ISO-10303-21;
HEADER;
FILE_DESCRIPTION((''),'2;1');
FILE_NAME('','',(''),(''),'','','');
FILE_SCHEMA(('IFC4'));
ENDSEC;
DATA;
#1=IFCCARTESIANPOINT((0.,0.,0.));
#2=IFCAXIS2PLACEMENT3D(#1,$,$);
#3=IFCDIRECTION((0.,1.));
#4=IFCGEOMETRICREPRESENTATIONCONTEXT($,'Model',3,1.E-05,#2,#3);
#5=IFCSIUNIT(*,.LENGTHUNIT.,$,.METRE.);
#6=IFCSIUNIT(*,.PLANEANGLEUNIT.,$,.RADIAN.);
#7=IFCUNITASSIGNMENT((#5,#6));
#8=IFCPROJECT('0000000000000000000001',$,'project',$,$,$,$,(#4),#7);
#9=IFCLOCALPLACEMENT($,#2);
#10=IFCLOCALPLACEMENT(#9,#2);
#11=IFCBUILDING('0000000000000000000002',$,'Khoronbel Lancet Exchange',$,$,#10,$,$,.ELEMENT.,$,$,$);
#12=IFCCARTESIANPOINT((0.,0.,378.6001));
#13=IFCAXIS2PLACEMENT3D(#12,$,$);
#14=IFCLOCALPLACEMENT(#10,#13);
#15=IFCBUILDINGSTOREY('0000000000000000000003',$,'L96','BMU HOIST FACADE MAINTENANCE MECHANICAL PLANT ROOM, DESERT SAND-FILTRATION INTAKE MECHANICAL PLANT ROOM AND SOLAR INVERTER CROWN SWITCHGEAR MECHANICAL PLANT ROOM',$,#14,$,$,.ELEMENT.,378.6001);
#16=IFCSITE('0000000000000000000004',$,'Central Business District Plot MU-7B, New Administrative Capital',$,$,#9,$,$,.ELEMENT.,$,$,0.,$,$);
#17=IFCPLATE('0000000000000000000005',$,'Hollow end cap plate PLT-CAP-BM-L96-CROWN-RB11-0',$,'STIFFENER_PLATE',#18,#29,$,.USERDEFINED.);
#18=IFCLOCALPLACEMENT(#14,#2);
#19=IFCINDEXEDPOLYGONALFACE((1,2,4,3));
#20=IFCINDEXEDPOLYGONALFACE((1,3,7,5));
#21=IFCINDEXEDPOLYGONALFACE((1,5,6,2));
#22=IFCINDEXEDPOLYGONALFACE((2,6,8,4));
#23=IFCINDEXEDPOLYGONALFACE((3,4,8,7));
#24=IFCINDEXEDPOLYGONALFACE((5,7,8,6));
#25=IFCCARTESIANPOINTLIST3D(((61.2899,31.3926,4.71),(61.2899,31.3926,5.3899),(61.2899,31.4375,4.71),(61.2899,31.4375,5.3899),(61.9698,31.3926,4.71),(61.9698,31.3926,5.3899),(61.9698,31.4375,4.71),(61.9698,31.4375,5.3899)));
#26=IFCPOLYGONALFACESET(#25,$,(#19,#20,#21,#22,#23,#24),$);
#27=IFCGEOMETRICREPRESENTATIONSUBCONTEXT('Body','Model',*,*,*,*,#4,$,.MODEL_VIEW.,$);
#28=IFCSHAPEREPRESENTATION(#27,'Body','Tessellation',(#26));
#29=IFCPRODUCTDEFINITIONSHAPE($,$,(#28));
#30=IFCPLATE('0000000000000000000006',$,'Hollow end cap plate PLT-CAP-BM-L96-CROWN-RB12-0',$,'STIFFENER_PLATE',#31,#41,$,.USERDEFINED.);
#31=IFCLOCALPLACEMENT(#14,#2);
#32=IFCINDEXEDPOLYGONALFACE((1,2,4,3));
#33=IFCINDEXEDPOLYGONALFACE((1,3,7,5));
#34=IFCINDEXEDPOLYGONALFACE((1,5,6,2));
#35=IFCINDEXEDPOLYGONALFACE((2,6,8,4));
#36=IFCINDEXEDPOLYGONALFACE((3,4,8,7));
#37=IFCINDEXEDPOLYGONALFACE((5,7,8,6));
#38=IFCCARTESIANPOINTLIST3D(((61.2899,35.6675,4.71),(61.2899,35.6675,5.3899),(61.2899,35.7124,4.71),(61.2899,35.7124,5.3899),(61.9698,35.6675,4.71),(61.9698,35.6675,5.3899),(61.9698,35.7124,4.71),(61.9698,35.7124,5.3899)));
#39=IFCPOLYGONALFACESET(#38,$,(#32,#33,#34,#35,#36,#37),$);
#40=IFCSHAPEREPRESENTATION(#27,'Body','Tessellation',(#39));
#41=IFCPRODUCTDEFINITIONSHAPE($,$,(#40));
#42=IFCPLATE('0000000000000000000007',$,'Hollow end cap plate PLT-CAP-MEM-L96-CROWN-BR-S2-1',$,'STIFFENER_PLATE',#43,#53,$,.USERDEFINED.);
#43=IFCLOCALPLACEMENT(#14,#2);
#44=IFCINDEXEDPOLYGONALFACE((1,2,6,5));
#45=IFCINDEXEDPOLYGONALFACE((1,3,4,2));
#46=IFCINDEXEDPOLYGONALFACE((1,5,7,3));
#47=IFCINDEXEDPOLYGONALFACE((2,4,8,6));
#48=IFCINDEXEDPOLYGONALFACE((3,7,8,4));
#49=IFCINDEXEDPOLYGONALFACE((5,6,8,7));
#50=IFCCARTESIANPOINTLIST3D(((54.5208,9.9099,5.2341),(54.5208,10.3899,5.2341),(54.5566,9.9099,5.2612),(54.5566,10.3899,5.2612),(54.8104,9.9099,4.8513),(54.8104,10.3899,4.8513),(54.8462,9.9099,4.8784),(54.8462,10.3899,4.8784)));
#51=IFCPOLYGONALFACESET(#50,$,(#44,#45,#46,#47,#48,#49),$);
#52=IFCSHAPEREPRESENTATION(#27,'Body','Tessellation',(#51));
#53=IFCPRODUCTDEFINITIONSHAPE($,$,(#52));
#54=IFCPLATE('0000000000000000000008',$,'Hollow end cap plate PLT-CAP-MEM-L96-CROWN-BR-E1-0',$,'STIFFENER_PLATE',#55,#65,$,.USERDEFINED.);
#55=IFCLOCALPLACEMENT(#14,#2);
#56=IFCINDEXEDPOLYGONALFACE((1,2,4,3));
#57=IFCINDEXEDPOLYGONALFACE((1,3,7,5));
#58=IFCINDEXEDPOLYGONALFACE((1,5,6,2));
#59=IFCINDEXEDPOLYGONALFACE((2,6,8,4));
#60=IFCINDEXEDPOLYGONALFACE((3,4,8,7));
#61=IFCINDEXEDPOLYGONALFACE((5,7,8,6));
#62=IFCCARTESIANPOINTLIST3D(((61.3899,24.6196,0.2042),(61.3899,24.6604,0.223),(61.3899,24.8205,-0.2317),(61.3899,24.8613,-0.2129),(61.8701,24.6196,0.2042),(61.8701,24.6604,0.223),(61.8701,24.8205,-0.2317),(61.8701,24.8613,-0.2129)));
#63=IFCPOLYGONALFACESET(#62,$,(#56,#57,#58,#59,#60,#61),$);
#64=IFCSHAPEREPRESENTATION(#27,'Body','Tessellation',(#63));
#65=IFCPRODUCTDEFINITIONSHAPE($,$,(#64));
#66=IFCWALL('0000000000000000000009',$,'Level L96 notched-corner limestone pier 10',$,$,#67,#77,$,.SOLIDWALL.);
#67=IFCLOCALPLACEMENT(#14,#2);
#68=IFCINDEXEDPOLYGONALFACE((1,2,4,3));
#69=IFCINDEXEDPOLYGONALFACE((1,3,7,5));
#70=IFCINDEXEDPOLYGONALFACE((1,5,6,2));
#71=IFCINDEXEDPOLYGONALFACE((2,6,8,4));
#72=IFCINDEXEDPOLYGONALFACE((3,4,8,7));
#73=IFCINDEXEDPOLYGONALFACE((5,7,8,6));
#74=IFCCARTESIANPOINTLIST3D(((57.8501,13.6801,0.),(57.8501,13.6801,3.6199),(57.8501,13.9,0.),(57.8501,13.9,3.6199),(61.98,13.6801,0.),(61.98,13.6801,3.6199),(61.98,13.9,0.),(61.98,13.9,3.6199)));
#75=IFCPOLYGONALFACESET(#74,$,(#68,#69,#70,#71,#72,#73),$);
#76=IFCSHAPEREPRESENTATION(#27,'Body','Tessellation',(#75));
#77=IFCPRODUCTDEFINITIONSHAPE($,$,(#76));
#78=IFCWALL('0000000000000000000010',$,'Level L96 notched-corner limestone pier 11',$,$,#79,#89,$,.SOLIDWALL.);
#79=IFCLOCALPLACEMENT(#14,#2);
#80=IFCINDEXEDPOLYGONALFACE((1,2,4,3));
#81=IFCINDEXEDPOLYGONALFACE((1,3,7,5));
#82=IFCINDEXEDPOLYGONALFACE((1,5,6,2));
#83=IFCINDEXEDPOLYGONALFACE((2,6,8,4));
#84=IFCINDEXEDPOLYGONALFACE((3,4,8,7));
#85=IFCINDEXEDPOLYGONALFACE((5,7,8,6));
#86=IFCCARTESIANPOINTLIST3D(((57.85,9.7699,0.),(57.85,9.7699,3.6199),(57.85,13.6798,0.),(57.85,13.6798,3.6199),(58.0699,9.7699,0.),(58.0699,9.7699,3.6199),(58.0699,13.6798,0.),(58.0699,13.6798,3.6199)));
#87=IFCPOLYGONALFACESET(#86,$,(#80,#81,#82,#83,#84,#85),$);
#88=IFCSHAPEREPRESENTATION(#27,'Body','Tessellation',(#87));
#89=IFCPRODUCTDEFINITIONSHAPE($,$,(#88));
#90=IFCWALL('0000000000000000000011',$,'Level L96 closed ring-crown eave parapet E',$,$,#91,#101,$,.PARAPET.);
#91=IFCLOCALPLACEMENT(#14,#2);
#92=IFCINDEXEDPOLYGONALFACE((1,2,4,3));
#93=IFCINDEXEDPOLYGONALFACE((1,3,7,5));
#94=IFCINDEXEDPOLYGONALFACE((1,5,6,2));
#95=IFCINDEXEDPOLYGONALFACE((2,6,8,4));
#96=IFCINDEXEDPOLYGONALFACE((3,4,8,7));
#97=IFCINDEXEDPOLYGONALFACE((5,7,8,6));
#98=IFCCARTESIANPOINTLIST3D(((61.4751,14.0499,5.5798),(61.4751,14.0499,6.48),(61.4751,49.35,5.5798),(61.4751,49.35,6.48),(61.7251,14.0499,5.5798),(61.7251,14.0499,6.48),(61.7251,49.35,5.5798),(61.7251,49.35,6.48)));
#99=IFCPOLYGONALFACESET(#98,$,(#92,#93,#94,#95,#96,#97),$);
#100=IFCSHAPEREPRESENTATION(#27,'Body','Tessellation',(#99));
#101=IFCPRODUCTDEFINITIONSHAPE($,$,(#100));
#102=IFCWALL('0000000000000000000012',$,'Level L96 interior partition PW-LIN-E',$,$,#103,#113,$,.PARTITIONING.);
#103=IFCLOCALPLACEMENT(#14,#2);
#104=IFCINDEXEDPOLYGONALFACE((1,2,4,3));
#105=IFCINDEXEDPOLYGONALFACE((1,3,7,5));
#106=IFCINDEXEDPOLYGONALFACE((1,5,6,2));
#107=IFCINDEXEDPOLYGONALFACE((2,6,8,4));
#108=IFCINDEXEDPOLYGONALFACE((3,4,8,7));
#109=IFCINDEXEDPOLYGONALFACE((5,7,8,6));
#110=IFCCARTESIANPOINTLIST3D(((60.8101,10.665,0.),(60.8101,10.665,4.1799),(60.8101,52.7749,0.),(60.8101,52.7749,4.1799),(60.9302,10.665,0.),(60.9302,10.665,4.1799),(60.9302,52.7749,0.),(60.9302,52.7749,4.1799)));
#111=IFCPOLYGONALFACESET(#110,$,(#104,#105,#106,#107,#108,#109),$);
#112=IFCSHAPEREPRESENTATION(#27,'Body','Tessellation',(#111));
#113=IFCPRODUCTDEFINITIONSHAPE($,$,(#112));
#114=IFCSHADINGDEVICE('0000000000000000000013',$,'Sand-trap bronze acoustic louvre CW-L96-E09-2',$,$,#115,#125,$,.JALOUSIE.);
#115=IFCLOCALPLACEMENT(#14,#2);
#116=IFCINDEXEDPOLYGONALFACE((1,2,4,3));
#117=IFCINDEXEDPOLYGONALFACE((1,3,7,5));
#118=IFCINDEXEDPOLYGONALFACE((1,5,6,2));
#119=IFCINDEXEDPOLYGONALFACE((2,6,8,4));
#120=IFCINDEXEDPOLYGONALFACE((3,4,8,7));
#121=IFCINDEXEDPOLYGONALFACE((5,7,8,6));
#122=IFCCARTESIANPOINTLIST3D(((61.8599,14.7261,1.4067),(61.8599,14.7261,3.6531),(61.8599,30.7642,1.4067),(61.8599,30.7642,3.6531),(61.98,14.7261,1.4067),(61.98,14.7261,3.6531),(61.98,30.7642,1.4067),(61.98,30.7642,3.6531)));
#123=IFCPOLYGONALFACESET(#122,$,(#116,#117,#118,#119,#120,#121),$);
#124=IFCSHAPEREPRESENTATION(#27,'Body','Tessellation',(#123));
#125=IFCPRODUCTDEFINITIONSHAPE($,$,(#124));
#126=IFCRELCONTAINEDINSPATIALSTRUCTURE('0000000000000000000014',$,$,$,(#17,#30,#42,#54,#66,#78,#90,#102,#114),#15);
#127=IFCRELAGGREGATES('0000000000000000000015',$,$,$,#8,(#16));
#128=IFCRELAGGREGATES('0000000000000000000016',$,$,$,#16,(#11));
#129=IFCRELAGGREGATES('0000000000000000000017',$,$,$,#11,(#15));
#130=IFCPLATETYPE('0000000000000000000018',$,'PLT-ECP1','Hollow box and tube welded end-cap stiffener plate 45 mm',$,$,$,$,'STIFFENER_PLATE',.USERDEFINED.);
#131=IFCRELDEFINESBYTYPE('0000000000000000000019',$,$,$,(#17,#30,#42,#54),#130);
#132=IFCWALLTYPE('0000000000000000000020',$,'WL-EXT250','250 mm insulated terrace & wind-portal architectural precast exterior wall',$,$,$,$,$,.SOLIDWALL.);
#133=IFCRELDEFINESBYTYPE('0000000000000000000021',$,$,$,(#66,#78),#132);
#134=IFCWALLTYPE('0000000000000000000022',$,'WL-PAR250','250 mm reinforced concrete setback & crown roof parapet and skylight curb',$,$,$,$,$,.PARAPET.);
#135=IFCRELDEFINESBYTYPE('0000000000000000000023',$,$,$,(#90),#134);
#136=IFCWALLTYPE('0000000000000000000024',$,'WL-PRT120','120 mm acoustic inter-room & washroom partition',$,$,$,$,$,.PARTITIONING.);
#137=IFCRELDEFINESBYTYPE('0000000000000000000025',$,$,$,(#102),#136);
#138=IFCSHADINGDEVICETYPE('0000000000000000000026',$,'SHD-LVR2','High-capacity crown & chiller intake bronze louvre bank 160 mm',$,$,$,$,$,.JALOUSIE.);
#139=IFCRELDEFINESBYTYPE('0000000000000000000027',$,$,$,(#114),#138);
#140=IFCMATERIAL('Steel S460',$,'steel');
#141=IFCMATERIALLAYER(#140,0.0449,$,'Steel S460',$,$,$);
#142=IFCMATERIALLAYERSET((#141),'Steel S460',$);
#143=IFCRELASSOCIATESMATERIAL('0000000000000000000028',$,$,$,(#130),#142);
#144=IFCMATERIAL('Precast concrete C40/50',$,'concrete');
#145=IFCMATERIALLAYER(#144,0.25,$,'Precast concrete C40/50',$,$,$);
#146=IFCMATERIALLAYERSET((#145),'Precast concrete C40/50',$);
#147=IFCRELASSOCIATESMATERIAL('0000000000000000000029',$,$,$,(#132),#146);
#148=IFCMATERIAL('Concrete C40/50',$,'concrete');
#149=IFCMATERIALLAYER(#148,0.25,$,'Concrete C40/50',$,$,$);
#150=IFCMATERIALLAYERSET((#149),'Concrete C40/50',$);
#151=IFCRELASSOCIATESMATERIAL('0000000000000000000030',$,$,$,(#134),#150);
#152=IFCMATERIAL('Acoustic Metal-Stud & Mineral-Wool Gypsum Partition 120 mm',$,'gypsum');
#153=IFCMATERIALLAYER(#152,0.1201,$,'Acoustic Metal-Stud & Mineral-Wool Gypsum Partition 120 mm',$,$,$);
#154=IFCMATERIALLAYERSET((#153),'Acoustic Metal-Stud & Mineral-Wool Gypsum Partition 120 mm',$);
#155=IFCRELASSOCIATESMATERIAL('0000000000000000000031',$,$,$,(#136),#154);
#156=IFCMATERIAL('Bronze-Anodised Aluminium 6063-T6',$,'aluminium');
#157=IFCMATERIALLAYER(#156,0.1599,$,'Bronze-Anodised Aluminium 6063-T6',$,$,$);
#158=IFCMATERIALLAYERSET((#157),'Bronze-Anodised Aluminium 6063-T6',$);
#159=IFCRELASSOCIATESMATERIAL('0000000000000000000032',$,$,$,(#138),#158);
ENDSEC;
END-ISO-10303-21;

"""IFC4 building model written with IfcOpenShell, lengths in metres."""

from ifc_helpers import new_model, si_unit, direction, frame, frame_2d, origin, origin_2d, place, context, subcontext, project, spatial, polyline, rectangle, outline, extrude, material, layer, layer_set, type_object, element, save


model = new_model("IFC4")

# Units and contexts
model_context = context("Model", 3, precision=1e-05, world=origin(), true_north=direction((0.0, 1.0)))
body_context = subcontext(model_context, "Body", "Model", "MODEL_VIEW")
ifc_project = project(units=[si_unit("LENGTHUNIT", "METRE"), si_unit("PLANEANGLEUNIT", "RADIAN")], contexts=[model_context])

# Site, building, storey
site_placement = place(None, origin())
site = spatial("IfcSite", under=ifc_project, at=site_placement, Name="Central Business District Plot MU-7B, New Administrative Capital", CompositionType="ELEMENT", RefElevation=0.0)
building_placement = place(site_placement, origin())
building = spatial("IfcBuilding", under=site, at=building_placement, Name="Khoronbel Lancet Exchange", CompositionType="ELEMENT")
storey_placement = place(building_placement, frame((0.0, 0.0, 378.6001)))
storey = spatial("IfcBuildingStorey", under=building, at=storey_placement, Name="L96", Description="BMU HOIST FACADE MAINTENANCE MECHANICAL PLANT ROOM, DESERT SAND-FILTRATION INTAKE MECHANICAL PLANT ROOM AND SOLAR INVERTER CROWN SWITCHGEAR MECHANICAL PLANT ROOM", CompositionType="ELEMENT", Elevation=378.6001)

# Shared definitions
ifc_material_1 = material(Name="Steel S460", Category="steel")

# Shared definitions
ifc_material_2 = material(Name="Bronze-Anodised Aluminium 6063-T6", Category="aluminium")

# Plates
ifc_layer_1 = layer(ifc_material_1, 0.0449, Name="Steel S460")
ifc_layer_set_1 = layer_set([ifc_layer_1], Name="Steel S460")
plate_type_1 = type_object("IfcPlateType", Name="PLT-ECP1", Description="Hollow box and tube welded end-cap stiffener plate 45 mm", ElementType="STIFFENER_PLATE", PredefinedType="USERDEFINED", material=ifc_layer_set_1)
for number, where, z_axis, x_axis, name in (
    (1, (61.6299, 31.415, 4.71), (0.0, 0.0, 1.0), (0.0, -1.0, 0.0), "Hollow end cap plate PLT-CAP-BM-L96-CROWN-RB11-0"),
    (2, (61.6299, 35.6899, 4.71), (0.0, 0.0, 1.0), (0.0, -1.0, 0.0), "Hollow end cap plate PLT-CAP-BM-L96-CROWN-RB12-0"),
):
    element("IfcPlate", number, at=place(storey_placement, frame(where, z_axis=z_axis, x_axis=x_axis)), inside=storey, type_object=plate_type_1, Name=name, ObjectType="STIFFENER_PLATE", PredefinedType="USERDEFINED", context=body_context, shape_type="SweptSolid", body=[
        extrude(rectangle(XDim=0.0449, YDim=0.6799, at=origin_2d()), origin(), (0.0, 0.0, 1.0), 0.6799),
    ])
plate_1_placement = place(storey_placement, frame((54.8462, 9.9099, 4.8784), z_axis=(0.797552, 0.0, 0.60325), x_axis=(0.0, 1.0, 0.0)))
element("IfcPlate", 3, at=plate_1_placement, inside=storey, type_object=plate_type_1, Name="Hollow end cap plate PLT-CAP-MEM-L96-CROWN-BR-S2-1", ObjectType="STIFFENER_PLATE", PredefinedType="USERDEFINED", context=body_context, shape_type="SweptSolid", body=[
    extrude(outline(polyline([(0.0, 0.0), (0.48, 0.0), (0.48, 0.48), (0.0, 0.48), (0.0, 0.0)])), origin(), (0.0, 0.0, -1.0), 0.0449),
])
plate_2_placement = place(storey_placement, frame((61.8701, 24.8613, -0.2129), z_axis=(0.0, 0.908123, 0.418703), x_axis=(-1.0, 0.0, 0.0)))
element("IfcPlate", 4, at=plate_2_placement, inside=storey, type_object=plate_type_1, Name="Hollow end cap plate PLT-CAP-MEM-L96-CROWN-BR-E1-0", ObjectType="STIFFENER_PLATE", PredefinedType="USERDEFINED", context=body_context, shape_type="SweptSolid", body=[
    extrude(outline(polyline([(0.0, 0.0), (0.4802, 0.0), (0.4802, 0.48), (0.0, 0.48), (0.0, 0.0)])), origin(), (0.0, 0.0, -1.0), 0.0449),
])

# Walls
ifc_material_3 = material(Name="Precast concrete C40/50", Category="concrete")
ifc_layer_2 = layer(ifc_material_3, 0.25, Name="Precast concrete C40/50")
ifc_layer_set_2 = layer_set([ifc_layer_2], Name="Precast concrete C40/50")
wall_type_1 = type_object("IfcWallType", Name="WL-EXT250", Description="250 mm insulated terrace & wind-portal architectural precast exterior wall", PredefinedType="SOLIDWALL", material=ifc_layer_set_2)
wall_1_placement = place(storey_placement, frame((61.98, 13.79, 0.0), z_axis=(0.0, 0.0, 1.0), x_axis=(-1.0, 0.0, 0.0)))
element("IfcWall", 5, at=wall_1_placement, inside=storey, type_object=wall_type_1, Name="Level L96 notched-corner limestone pier 10", PredefinedType="SOLIDWALL", context=body_context, shape_type="SweptSolid", body=[
    extrude(rectangle(XDim=4.1299, YDim=0.22, at=frame_2d((2.0649, 0.0))), origin(), (0.0, 0.0, 1.0), 3.6199),
])
wall_2_placement = place(storey_placement, frame((57.96, 13.6799, 0.0), z_axis=(0.0, 0.0, 1.0), x_axis=(0.0, -1.0, 0.0)))
element("IfcWall", 6, at=wall_2_placement, inside=storey, type_object=wall_type_1, Name="Level L96 notched-corner limestone pier 11", PredefinedType="SOLIDWALL", context=body_context, shape_type="SweptSolid", body=[
    extrude(rectangle(XDim=3.9099, YDim=0.22, at=frame_2d((1.9551, 0.0))), origin(), (0.0, 0.0, 1.0), 3.6199),
])
ifc_material_4 = material(Name="Concrete C40/50", Category="concrete")
ifc_layer_3 = layer(ifc_material_4, 0.25, Name="Concrete C40/50")
ifc_layer_set_3 = layer_set([ifc_layer_3], Name="Concrete C40/50")
wall_type_2 = type_object("IfcWallType", Name="WL-PAR250", Description="250 mm reinforced concrete setback & crown roof parapet and skylight curb", PredefinedType="PARAPET", material=ifc_layer_set_3)
wall_3_placement = place(storey_placement, frame((61.6001, 14.05, 5.5798), z_axis=(0.0, 0.0, 1.0), x_axis=(0.0, 1.0, 0.0)))
element("IfcWall", 7, at=wall_3_placement, inside=storey, type_object=wall_type_2, Name="Level L96 closed ring-crown eave parapet E", PredefinedType="PARAPET", context=body_context, shape_type="SweptSolid", body=[
    extrude(rectangle(XDim=35.3, YDim=0.25, at=frame_2d((17.6499, 0.0))), origin(), (0.0, 0.0, 1.0), 0.9001),
])
ifc_material_5 = material(Name="Acoustic Metal-Stud & Mineral-Wool Gypsum Partition 120 mm", Category="gypsum")
ifc_layer_4 = layer(ifc_material_5, 0.1201, Name="Acoustic Metal-Stud & Mineral-Wool Gypsum Partition 120 mm")
ifc_layer_set_4 = layer_set([ifc_layer_4], Name="Acoustic Metal-Stud & Mineral-Wool Gypsum Partition 120 mm")
wall_type_3 = type_object("IfcWallType", Name="WL-PRT120", Description="120 mm acoustic inter-room & washroom partition", PredefinedType="PARTITIONING", material=ifc_layer_set_4)
wall_4_placement = place(storey_placement, frame((60.8701, 10.665, 0.0), z_axis=(0.0, 0.0, 1.0), x_axis=(0.0, 1.0, 0.0)))
element("IfcWall", 8, at=wall_4_placement, inside=storey, type_object=wall_type_3, Name="Level L96 interior partition PW-LIN-E", PredefinedType="PARTITIONING", context=body_context, shape_type="SweptSolid", body=[
    extrude(rectangle(XDim=42.1099, YDim=0.1201, at=frame_2d((21.0549, 0.0))), origin(), (0.0, 0.0, 1.0), 4.1799),
])

# Shading device
ifc_layer_5 = layer(ifc_material_2, 0.1599, Name="Bronze-Anodised Aluminium 6063-T6")
ifc_layer_set_5 = layer_set([ifc_layer_5], Name="Bronze-Anodised Aluminium 6063-T6")
shading_device_type = type_object("IfcShadingDeviceType", Name="SHD-LVR2", Description="High-capacity crown & chiller intake bronze louvre bank 160 mm", PredefinedType="JALOUSIE", material=ifc_layer_set_5)
shading_device_placement = place(storey_placement, frame((61.9199, 22.7451, 1.4067), z_axis=(0.0, 0.0, 1.0), x_axis=(0.0, -1.0, 0.0)))
element("IfcShadingDevice", 9, at=shading_device_placement, inside=storey, type_object=shading_device_type, Name="Sand-trap bronze acoustic louvre CW-L96-E09-2", PredefinedType="JALOUSIE", context=body_context, shape_type="SweptSolid", body=[
    extrude(rectangle(XDim=16.0381, YDim=0.1201, at=origin_2d()), origin(), (0.0, 0.0, 1.0), 2.2463),
])

save(model, "model.ifc")
